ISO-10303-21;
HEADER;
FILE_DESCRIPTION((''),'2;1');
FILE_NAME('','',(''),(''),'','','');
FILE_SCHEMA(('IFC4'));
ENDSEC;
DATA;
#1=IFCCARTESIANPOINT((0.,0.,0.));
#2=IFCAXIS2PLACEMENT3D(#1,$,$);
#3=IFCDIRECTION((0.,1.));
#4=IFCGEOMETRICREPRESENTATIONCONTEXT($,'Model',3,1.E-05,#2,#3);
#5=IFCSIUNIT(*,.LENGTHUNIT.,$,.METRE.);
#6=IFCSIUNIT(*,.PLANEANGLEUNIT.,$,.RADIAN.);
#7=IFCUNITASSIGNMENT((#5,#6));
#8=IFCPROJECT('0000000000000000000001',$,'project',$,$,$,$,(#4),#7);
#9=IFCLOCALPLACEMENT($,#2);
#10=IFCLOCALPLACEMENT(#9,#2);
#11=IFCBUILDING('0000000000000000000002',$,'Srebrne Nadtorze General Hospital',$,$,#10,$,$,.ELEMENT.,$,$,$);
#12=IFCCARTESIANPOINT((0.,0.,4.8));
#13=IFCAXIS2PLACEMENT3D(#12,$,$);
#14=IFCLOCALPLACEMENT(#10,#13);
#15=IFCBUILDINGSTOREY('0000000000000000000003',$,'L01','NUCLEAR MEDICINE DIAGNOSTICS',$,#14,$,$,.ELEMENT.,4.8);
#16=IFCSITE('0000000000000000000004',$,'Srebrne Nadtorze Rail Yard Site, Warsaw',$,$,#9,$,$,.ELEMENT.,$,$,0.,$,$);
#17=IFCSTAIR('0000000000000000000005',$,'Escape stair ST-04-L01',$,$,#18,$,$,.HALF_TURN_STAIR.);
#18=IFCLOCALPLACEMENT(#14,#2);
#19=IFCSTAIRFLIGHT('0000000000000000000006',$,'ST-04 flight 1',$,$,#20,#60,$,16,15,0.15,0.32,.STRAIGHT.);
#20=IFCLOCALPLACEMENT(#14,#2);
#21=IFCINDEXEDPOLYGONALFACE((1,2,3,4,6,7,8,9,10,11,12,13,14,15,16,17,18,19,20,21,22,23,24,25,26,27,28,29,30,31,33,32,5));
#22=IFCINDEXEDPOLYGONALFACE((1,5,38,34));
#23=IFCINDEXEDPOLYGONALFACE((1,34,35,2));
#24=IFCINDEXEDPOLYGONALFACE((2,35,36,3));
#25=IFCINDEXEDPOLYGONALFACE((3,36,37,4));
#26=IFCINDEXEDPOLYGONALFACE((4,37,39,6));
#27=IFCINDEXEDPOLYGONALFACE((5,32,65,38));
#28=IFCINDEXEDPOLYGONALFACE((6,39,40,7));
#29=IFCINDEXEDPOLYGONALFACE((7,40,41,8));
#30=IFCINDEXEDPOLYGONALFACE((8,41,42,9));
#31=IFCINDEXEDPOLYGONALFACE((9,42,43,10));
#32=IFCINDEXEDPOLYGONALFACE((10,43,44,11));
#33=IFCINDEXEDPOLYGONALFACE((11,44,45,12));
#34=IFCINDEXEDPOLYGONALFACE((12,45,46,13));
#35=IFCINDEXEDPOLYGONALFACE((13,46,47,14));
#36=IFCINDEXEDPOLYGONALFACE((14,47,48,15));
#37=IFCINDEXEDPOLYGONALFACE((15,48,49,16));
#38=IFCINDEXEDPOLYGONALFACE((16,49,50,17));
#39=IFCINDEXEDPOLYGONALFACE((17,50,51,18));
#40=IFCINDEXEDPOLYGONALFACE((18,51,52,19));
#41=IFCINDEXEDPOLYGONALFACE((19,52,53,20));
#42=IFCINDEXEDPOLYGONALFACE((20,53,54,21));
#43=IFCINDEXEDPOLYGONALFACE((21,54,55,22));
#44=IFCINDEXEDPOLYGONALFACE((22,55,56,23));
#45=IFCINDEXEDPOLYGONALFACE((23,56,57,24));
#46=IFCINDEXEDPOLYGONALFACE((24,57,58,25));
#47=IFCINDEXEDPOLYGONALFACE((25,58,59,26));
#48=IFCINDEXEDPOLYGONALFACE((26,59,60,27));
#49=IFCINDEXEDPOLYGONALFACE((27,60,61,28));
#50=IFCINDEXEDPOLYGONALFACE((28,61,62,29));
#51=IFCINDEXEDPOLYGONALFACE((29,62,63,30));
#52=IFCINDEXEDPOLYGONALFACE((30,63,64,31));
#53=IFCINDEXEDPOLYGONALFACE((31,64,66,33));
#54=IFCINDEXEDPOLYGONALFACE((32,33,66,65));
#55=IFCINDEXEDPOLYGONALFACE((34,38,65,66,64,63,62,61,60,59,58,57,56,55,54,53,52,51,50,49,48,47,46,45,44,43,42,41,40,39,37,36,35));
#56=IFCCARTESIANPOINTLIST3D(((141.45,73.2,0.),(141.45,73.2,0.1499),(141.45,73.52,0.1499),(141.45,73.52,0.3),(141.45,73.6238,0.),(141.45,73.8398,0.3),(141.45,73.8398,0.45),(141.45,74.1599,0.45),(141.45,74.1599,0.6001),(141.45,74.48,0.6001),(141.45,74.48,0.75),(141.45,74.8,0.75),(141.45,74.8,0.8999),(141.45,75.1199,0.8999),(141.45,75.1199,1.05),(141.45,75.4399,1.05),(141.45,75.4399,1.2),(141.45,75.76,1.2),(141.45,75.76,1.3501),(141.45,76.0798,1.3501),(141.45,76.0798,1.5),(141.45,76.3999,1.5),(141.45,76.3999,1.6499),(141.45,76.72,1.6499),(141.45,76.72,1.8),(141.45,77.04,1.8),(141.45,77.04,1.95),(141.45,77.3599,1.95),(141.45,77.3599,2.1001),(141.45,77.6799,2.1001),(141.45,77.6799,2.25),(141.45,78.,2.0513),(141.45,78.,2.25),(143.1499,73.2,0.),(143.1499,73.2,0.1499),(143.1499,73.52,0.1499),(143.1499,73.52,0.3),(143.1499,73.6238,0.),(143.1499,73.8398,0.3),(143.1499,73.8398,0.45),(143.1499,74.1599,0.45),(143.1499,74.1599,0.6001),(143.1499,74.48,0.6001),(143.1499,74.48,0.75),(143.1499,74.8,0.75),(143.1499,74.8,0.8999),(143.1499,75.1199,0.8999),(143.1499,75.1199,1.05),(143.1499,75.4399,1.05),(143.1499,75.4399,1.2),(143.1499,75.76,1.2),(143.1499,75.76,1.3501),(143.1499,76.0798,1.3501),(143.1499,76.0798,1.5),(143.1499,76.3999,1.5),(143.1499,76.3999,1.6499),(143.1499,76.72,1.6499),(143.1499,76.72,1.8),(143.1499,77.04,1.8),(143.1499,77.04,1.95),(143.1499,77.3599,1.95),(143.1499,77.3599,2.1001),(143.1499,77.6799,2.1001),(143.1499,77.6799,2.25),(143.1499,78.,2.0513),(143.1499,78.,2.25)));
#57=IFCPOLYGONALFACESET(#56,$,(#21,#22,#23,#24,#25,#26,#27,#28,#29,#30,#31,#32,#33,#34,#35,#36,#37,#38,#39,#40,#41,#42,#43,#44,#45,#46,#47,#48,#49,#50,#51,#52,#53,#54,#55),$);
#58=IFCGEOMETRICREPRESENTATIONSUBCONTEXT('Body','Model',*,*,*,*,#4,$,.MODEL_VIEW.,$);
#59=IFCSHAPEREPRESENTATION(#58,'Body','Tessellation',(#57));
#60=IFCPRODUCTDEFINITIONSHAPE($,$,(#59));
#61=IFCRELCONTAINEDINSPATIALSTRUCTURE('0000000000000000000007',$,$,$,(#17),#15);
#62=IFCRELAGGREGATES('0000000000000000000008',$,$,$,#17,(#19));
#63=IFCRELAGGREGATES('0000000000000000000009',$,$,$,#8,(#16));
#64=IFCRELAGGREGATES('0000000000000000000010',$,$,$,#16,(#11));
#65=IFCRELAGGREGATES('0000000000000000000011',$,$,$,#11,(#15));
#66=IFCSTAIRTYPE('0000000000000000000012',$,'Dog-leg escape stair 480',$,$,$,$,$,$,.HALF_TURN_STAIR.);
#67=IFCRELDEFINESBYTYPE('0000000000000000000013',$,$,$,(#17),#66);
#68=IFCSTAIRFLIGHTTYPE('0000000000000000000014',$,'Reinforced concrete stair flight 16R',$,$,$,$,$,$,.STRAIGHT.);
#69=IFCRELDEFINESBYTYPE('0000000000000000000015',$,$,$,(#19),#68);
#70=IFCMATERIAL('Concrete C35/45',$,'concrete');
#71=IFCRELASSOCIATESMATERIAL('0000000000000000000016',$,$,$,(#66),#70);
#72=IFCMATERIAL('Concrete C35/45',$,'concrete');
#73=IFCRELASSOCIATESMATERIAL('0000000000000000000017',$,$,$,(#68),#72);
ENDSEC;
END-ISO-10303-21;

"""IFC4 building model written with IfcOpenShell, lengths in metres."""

from ifc_helpers import new_model, si_unit, direction, frame, origin, place, context, subcontext, project, spatial, polyline, outline, extrude, material, type_object, element, aggregate, save


model = new_model("IFC4")

# Units and contexts
model_context = context("Model", 3, precision=1e-05, world=origin(), true_north=direction((0.0, 1.0)))
body_context = subcontext(model_context, "Body", "Model", "MODEL_VIEW")
ifc_project = project(units=[si_unit("LENGTHUNIT", "METRE"), si_unit("PLANEANGLEUNIT", "RADIAN")], contexts=[model_context])

# Site, building, storey
site_placement = place(None, origin())
site = spatial("IfcSite", under=ifc_project, at=site_placement, Name="Srebrne Nadtorze Rail Yard Site, Warsaw", CompositionType="ELEMENT", RefElevation=0.0)
building_placement = place(site_placement, origin())
building = spatial("IfcBuilding", under=site, at=building_placement, Name="Srebrne Nadtorze General Hospital", CompositionType="ELEMENT")
storey_placement = place(building_placement, frame((0.0, 0.0, 4.8)))
storey = spatial("IfcBuildingStorey", under=building, at=storey_placement, Name="L01", Description="NUCLEAR MEDICINE DIAGNOSTICS", CompositionType="ELEMENT", Elevation=4.8)

# Stair, stair flight
ifc_material_1 = material(Name="Concrete C35/45", Category="concrete")
stair_type = type_object("IfcStairType", Name="Dog-leg escape stair 480", PredefinedType="HALF_TURN_STAIR", material=ifc_material_1)
stair_placement = place(storey_placement, origin())
stair = element("IfcStair", 1, at=stair_placement, inside=storey, type_object=stair_type, Name="Escape stair ST-04-L01", PredefinedType="HALF_TURN_STAIR")
ifc_material_2 = material(Name="Concrete C35/45", Category="concrete")
stair_flight_type = type_object("IfcStairFlightType", Name="Reinforced concrete stair flight 16R", PredefinedType="STRAIGHT", material=ifc_material_2)
stair_flight_placement = place(storey_placement, frame((142.3, 73.2, 0.0), z_axis=(0.0, 0.0, 1.0), x_axis=(0.0, 1.0, 0.0)))
stair_flight = element("IfcStairFlight", 2, at=stair_flight_placement, type_object=stair_flight_type, Name="ST-04 flight 1", NumberOfRisers=16, NumberOfTreads=15, PredefinedType="STRAIGHT", RiserHeight=0.15, TreadLength=0.32, context=body_context, shape_type="SweptSolid", body=[
    extrude(outline(polyline([(0.0, 0.0), (0.0, 0.1499), (0.3201, 0.1499), (0.3201, 0.3), (0.6399, 0.3), (0.6399, 0.45), (0.96, 0.45), (0.96, 0.6001), (1.28, 0.6001), (1.28, 0.75), (1.6001, 0.75), (1.6001, 0.8999), (1.9199, 0.8999), (1.9199, 1.05), (2.24, 1.05), (2.24, 1.2), (2.5601, 1.2), (2.5601, 1.3501), (2.8799, 1.3501), (2.8799, 1.5), (3.2, 1.5), (3.2, 1.6499), (3.52, 1.6499), (3.52, 1.8), (3.8401, 1.8), (3.8401, 1.95), (4.1599, 1.95), (4.1599, 2.1001), (4.48, 2.1001), (4.48, 2.25), (4.8, 2.25), (4.8, 2.3999), (4.8, 2.0513), (0.4238, 0.0), (0.0, 0.0)])), frame((0.0, 0.8501, 0.0), z_axis=(0.0, -1.0, 0.0), x_axis=(1.0, 0.0, 0.0)), (0.0, 0.0, 1.0), 1.7),
])
aggregate(stair, [stair_flight])

save(model, "model.ifc")
